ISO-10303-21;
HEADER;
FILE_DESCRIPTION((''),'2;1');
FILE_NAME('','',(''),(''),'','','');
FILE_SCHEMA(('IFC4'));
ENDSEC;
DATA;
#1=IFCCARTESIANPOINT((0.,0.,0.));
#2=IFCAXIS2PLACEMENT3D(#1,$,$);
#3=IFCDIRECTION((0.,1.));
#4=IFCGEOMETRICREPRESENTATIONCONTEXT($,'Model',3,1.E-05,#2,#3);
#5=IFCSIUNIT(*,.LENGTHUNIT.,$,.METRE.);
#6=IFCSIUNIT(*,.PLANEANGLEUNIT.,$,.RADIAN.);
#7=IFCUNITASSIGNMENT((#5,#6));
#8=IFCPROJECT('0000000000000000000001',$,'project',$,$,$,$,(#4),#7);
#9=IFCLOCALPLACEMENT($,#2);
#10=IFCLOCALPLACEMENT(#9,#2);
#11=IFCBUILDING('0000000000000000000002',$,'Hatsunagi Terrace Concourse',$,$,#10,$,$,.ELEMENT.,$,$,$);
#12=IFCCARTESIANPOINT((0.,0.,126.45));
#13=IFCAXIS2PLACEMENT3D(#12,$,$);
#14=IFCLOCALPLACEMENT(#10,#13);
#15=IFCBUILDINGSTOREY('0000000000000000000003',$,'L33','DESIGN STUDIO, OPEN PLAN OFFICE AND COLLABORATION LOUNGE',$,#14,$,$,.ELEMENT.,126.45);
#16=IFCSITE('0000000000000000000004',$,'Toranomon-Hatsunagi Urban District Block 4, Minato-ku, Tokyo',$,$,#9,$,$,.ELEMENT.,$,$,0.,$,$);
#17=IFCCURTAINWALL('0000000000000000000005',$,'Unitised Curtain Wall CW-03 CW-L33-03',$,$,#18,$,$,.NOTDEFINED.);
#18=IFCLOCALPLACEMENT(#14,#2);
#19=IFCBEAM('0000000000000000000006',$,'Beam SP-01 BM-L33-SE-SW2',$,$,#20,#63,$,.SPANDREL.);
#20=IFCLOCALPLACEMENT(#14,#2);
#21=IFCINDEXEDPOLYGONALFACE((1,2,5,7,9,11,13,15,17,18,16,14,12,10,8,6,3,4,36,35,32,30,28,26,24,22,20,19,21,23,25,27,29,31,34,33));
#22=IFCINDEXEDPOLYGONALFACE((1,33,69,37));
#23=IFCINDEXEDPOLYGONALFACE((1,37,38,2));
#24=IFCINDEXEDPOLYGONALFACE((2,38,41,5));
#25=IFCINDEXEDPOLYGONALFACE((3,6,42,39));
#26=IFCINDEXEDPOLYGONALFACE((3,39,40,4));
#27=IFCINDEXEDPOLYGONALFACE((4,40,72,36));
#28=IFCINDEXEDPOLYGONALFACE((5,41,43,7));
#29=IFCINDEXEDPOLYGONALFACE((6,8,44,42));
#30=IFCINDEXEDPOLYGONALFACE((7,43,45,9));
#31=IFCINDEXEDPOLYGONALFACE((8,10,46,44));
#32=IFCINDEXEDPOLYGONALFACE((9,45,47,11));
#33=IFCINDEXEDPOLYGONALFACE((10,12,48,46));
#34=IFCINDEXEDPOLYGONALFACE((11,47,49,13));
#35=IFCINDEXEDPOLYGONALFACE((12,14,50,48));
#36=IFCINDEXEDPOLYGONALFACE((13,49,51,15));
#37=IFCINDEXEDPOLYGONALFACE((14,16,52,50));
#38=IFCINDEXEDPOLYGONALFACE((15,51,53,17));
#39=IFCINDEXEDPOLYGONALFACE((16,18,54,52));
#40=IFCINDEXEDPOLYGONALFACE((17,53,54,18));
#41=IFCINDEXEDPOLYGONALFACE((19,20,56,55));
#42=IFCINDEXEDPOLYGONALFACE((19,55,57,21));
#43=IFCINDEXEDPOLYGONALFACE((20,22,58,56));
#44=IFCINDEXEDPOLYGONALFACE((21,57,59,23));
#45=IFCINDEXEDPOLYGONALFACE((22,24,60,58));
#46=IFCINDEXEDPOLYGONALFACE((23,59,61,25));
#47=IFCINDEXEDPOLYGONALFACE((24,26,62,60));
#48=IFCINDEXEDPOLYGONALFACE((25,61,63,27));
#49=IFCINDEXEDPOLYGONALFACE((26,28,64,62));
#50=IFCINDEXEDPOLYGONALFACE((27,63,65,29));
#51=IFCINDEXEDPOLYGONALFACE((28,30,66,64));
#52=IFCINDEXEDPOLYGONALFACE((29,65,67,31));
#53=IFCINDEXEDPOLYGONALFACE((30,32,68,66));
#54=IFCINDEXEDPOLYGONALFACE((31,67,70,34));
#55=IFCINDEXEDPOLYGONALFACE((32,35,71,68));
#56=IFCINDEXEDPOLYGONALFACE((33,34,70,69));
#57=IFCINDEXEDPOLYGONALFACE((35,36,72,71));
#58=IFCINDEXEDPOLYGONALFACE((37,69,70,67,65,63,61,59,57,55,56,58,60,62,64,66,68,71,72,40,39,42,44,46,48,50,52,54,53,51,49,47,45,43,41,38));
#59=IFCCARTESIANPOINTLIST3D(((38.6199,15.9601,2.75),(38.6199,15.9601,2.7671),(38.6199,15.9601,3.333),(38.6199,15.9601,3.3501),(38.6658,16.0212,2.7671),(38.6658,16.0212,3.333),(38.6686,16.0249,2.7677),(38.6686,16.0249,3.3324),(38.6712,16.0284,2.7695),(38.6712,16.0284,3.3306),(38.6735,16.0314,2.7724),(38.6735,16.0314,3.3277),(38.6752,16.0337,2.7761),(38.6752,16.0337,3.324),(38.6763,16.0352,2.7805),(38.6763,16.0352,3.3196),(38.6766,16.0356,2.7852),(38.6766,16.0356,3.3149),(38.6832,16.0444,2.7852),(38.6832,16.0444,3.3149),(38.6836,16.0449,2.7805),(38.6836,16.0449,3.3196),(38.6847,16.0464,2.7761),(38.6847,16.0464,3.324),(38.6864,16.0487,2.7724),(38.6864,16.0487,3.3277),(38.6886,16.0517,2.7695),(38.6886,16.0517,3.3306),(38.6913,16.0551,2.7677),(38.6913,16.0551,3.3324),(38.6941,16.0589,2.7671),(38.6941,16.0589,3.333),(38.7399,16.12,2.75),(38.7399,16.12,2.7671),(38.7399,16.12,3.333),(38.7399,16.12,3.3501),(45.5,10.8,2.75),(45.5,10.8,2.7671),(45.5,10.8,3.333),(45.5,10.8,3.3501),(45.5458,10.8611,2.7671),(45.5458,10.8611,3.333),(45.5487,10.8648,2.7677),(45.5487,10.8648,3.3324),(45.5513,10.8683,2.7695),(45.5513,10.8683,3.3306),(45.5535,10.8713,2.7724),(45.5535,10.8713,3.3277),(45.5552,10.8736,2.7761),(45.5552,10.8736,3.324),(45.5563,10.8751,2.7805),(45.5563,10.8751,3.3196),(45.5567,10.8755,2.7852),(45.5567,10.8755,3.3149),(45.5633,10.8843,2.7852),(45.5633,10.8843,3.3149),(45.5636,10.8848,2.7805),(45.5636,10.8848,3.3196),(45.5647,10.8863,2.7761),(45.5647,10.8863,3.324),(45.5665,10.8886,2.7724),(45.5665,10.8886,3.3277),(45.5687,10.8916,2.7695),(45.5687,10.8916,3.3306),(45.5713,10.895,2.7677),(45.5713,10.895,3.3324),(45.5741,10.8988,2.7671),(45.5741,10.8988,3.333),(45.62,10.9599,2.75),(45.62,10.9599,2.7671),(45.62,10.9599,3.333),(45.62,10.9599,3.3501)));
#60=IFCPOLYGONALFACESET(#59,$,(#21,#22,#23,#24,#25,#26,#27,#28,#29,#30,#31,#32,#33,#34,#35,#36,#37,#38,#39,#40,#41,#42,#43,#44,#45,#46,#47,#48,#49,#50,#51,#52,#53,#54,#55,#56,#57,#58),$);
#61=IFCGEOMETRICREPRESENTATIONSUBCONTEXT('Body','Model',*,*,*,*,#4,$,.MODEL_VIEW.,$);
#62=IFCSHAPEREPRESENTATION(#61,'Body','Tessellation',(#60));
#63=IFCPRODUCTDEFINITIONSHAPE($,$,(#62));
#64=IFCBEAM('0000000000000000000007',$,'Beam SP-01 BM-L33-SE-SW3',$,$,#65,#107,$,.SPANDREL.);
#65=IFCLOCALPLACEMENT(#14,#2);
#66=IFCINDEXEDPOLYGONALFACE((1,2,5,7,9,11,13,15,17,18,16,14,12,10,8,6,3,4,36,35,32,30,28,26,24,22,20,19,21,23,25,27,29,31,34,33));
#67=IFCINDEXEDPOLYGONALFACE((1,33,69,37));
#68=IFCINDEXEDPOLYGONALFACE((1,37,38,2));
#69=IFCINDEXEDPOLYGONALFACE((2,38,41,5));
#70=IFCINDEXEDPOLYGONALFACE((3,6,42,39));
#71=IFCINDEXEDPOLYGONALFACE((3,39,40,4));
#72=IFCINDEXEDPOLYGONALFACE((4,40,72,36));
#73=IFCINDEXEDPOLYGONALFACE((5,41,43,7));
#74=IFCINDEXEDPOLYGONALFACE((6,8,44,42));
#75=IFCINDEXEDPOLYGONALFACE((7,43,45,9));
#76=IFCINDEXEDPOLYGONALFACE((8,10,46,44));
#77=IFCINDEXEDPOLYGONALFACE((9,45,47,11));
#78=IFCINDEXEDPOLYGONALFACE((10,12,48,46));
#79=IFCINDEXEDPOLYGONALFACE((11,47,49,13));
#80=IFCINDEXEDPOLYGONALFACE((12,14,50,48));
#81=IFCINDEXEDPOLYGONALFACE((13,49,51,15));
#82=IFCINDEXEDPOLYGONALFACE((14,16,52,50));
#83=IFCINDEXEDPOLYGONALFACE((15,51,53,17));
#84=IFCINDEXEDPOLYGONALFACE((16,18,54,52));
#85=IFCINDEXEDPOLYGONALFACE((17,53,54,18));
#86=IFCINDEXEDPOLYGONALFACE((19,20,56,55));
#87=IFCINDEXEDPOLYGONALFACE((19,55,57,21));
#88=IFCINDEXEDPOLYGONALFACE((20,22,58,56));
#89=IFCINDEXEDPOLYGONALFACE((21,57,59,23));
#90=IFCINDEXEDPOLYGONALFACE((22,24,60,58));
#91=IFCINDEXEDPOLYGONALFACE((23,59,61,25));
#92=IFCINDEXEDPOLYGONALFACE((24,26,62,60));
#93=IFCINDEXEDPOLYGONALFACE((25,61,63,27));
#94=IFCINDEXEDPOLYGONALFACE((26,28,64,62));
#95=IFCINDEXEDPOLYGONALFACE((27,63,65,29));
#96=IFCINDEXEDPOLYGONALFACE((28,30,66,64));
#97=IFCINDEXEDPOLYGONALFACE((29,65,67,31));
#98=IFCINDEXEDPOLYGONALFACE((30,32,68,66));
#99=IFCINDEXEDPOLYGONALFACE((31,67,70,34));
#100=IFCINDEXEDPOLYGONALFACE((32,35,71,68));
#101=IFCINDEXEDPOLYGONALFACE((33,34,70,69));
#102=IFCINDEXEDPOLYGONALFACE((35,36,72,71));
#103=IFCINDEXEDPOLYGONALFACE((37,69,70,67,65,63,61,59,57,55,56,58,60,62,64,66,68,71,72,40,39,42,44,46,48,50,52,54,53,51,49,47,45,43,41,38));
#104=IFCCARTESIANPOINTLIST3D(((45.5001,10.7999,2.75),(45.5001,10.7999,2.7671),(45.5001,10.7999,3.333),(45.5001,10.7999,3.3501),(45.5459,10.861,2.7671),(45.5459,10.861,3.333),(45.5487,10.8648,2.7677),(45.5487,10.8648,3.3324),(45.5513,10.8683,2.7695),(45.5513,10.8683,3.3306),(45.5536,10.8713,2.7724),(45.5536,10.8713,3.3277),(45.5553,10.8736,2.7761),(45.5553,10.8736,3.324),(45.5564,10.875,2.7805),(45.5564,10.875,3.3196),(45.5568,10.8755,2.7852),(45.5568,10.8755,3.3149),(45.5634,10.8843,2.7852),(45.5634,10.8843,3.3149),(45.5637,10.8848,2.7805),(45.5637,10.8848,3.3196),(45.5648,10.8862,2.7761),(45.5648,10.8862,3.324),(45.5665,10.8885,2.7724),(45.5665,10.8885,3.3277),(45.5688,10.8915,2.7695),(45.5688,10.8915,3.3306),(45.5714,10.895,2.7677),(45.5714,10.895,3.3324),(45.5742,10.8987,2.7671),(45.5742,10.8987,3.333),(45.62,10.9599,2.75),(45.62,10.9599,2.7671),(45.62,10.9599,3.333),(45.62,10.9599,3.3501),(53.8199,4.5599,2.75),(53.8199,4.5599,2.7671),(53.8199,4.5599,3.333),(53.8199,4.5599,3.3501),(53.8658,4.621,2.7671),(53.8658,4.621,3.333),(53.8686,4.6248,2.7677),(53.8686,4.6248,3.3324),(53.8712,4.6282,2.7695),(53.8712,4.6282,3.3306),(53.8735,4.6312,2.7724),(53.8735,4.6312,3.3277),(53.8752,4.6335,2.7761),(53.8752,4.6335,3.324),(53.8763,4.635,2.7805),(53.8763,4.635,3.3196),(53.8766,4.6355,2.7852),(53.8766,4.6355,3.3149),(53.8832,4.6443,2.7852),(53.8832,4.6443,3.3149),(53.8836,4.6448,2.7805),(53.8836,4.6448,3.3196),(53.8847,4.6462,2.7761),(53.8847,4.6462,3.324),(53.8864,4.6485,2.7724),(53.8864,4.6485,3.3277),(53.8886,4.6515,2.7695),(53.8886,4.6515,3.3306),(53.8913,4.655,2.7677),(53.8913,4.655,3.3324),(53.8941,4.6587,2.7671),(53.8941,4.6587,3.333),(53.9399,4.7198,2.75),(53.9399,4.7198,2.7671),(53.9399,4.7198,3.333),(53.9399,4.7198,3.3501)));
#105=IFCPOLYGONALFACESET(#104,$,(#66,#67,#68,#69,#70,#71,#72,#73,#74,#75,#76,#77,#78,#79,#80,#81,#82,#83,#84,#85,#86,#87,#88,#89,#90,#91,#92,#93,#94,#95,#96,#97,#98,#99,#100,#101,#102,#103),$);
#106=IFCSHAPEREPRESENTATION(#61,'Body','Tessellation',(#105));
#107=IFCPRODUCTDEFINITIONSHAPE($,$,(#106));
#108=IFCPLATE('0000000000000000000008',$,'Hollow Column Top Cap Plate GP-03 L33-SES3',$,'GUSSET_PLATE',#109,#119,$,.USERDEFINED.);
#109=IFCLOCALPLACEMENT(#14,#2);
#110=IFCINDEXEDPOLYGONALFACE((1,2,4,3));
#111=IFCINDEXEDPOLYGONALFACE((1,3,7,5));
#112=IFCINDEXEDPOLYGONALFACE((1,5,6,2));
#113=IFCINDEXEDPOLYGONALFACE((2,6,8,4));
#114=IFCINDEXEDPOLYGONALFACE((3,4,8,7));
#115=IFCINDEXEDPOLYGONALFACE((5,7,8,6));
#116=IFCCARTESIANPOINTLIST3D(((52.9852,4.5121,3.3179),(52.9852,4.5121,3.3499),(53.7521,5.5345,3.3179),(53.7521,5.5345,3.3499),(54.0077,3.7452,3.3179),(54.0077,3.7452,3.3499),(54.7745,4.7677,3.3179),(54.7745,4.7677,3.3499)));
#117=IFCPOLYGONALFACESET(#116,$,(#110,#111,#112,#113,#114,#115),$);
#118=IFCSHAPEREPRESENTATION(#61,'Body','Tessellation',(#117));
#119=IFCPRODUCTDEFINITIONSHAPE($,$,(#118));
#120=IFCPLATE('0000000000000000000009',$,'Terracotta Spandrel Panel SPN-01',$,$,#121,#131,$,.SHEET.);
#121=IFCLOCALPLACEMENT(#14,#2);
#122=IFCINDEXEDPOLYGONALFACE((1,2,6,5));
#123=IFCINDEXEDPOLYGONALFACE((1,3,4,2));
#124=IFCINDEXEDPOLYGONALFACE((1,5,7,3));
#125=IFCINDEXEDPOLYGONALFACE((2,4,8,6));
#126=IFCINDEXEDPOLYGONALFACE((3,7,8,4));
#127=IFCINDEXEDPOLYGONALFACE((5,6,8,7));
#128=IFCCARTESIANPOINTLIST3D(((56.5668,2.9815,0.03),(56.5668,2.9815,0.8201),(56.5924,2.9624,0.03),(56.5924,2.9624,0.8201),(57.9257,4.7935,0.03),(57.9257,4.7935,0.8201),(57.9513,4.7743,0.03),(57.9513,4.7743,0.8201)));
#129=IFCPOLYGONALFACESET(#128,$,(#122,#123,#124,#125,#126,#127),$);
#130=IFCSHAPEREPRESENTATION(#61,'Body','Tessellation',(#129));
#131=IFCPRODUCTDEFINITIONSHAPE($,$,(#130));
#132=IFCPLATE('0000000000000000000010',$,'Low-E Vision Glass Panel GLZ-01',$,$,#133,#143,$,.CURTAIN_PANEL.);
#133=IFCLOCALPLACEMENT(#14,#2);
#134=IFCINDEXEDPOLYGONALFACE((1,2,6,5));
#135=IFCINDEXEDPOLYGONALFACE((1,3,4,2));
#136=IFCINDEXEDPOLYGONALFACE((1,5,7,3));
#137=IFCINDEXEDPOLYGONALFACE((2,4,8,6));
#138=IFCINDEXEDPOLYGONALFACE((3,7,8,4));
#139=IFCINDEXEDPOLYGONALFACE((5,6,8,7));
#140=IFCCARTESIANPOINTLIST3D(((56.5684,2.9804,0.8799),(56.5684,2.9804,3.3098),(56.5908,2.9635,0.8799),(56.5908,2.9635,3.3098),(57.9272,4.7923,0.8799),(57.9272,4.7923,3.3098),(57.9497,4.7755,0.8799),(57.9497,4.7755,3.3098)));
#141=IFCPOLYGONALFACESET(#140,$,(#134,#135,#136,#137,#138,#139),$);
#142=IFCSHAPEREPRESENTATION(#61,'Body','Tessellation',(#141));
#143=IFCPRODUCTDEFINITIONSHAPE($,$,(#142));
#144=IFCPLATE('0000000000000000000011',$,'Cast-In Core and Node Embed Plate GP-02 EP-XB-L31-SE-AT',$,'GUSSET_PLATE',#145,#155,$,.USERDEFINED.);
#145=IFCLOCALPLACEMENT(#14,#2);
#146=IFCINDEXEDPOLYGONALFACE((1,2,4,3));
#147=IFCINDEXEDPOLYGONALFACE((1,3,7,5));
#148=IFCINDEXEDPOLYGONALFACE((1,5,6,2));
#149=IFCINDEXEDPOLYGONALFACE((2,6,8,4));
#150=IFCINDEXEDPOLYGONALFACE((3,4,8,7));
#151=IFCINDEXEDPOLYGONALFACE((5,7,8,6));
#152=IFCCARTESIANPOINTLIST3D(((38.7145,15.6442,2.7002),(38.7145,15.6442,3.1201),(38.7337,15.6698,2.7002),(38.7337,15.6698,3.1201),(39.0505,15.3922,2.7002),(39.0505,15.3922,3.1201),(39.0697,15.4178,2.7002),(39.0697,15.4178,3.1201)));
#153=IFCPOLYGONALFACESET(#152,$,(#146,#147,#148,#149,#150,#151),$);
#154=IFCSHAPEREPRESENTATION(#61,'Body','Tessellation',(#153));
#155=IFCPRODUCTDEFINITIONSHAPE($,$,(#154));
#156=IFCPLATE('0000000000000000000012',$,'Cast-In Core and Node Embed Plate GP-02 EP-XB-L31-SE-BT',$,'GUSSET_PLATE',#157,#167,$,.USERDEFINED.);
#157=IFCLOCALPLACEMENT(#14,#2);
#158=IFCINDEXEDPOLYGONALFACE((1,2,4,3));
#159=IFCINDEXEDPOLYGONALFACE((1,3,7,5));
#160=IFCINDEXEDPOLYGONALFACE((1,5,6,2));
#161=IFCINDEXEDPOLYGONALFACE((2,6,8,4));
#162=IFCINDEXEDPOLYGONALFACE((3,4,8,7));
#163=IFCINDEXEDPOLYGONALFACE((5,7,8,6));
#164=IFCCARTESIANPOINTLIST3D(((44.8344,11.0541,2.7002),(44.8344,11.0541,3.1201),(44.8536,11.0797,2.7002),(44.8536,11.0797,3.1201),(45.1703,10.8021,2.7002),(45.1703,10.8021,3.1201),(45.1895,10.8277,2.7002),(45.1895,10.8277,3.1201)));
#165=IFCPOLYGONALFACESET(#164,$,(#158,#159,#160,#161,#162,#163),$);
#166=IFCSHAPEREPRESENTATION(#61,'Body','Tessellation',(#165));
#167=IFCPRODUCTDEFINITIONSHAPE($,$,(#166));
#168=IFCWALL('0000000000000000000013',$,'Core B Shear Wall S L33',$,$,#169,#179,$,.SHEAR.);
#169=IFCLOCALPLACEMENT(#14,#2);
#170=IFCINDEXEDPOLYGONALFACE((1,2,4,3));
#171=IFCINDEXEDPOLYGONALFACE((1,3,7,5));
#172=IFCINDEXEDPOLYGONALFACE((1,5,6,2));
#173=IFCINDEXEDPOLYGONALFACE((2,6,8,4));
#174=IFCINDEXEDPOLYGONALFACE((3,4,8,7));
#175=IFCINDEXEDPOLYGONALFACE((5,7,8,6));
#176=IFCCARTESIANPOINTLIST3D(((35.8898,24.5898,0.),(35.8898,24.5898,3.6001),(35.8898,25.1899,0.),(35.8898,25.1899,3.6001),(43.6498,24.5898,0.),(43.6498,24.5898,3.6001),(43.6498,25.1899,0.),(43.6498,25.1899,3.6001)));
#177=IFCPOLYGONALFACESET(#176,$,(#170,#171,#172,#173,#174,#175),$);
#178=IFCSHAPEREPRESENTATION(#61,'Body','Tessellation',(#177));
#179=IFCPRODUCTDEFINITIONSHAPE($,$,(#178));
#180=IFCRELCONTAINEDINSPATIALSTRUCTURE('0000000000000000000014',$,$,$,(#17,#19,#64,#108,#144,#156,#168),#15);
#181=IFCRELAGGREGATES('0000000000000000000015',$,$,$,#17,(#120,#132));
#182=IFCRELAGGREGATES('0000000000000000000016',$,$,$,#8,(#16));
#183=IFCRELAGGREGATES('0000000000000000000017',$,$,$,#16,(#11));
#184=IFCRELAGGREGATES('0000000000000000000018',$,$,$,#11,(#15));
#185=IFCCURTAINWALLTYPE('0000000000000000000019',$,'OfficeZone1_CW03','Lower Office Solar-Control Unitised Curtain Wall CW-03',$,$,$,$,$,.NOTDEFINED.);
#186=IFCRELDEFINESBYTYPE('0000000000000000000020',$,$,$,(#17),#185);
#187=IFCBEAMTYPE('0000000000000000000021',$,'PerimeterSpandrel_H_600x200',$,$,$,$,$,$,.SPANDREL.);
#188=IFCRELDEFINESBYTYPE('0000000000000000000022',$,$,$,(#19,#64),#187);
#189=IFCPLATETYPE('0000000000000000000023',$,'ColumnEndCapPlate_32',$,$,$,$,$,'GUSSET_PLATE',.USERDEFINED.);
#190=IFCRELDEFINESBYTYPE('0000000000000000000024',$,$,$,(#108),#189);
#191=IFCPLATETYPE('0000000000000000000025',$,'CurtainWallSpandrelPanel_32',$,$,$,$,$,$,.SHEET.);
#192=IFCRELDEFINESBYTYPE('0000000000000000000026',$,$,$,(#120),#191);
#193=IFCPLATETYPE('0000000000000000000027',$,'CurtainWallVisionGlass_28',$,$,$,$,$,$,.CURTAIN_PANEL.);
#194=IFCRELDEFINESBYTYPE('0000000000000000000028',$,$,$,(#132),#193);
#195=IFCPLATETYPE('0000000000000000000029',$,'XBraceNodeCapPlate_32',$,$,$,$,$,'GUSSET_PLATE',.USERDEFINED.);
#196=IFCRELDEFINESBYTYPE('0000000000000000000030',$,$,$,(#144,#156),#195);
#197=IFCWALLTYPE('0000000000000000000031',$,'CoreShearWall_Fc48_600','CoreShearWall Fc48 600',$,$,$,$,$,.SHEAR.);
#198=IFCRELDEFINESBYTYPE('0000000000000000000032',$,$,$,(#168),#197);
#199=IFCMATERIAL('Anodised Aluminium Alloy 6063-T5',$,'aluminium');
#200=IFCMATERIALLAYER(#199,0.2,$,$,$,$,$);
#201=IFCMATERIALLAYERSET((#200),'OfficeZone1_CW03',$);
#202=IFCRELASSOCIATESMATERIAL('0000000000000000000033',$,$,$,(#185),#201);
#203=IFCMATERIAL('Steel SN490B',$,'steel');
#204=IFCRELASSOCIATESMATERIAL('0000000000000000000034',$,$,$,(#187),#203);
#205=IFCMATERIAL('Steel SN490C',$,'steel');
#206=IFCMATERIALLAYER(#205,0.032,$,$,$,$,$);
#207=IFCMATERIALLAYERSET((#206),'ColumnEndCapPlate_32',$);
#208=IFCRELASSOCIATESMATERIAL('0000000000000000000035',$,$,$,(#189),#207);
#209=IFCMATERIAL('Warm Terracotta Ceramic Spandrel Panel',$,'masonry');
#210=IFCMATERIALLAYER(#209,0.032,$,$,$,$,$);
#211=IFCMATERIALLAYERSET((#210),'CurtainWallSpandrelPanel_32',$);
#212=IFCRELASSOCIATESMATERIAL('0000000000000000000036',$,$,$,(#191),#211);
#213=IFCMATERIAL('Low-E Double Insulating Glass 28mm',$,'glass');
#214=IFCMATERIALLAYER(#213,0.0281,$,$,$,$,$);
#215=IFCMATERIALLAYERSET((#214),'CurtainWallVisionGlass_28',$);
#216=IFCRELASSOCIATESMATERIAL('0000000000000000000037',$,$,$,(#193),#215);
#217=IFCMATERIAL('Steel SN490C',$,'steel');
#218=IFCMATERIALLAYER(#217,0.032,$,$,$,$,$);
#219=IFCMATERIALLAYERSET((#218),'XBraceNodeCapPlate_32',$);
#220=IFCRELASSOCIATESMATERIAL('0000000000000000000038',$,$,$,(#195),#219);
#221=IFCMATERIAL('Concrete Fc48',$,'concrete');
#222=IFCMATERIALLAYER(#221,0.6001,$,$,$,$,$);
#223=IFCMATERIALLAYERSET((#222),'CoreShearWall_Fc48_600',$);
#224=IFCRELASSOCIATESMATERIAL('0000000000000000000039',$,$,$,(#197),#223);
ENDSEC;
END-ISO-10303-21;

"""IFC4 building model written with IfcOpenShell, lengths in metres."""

from ifc_helpers import new_model, si_unit, direction, frame, frame_2d, origin, origin_2d, place, context, subcontext, project, spatial, rectangle, i_section, extrude, material, layer, layer_set, material_profile, profile_set, type_object, element, aggregate, save


model = new_model("IFC4")

# Units and contexts
model_context = context("Model", 3, precision=1e-05, world=origin(), true_north=direction((0.0, 1.0)))
body_context = subcontext(model_context, "Body", "Model", "MODEL_VIEW")
ifc_project = project(units=[si_unit("LENGTHUNIT", "METRE"), si_unit("PLANEANGLEUNIT", "RADIAN")], contexts=[model_context])

# Site, building, storey
site_placement = place(None, origin())
site = spatial("IfcSite", under=ifc_project, at=site_placement, Name="Toranomon-Hatsunagi Urban District Block 4, Minato-ku, Tokyo", CompositionType="ELEMENT", RefElevation=0.0)
building_placement = place(site_placement, origin())
building = spatial("IfcBuilding", under=site, at=building_placement, Name="Hatsunagi Terrace Concourse", CompositionType="ELEMENT")
storey_placement = place(building_placement, frame((0.0, 0.0, 126.45)))
storey = spatial("IfcBuildingStorey", under=building, at=storey_placement, Name="L33", Description="DESIGN STUDIO, OPEN PLAN OFFICE AND COLLABORATION LOUNGE", CompositionType="ELEMENT", Elevation=126.45)

# Curtain wall
ifc_material_1 = material(Name="Anodised Aluminium Alloy 6063-T5", Category="aluminium")
ifc_layer_1 = layer(ifc_material_1, 0.2)
ifc_layer_set_1 = layer_set([ifc_layer_1], Name="OfficeZone1_CW03")
curtain_wall_type = type_object("IfcCurtainWallType", Name="OfficeZone1_CW03", Description="Lower Office Solar-Control Unitised Curtain Wall CW-03", PredefinedType="NOTDEFINED", material=ifc_layer_set_1)
curtain_wall_placement = place(storey_placement, origin())
curtain_wall = element("IfcCurtainWall", 1, at=curtain_wall_placement, inside=storey, type_object=curtain_wall_type, Name="Unitised Curtain Wall CW-03 CW-L33-03", PredefinedType="NOTDEFINED")

# Beams
ifc_material_2 = material(Name="Steel SN490B", Category="steel")
ifc_material_profile_1 = material_profile(ifc_material_2, i_section(OverallWidth=0.2, OverallDepth=0.6001, WebThickness=0.011, FlangeThickness=0.0171, FilletRadius=0.0181, at=origin_2d()), Name="H-600x200x11x17")
ifc_profile_set_1 = profile_set([ifc_material_profile_1], Name="Steel SN490B")
beam_type_1 = type_object("IfcBeamType", Name="PerimeterSpandrel_H_600x200", PredefinedType="SPANDREL", material=ifc_profile_set_1)
beam_1_placement = place(storey_placement, frame((38.6799, 16.04, 3.05), z_axis=(0.799997, -0.600005, 0.0), x_axis=(0.600005, 0.799997, 0.0)))
element("IfcBeam", 2, at=beam_1_placement, inside=storey, type_object=beam_type_1, Name="Beam SP-01 BM-L33-SE-SW2", PredefinedType="SPANDREL", context=body_context, shape_type="SweptSolid", body=[
    extrude(i_section(OverallWidth=0.2, OverallDepth=0.6001, WebThickness=0.011, FlangeThickness=0.0171, FilletRadius=0.0181, at=origin_2d()), origin(), (0.0, 0.0, 1.0), 8.6001),
])
beam_2_placement = place(storey_placement, frame((45.5601, 10.8799, 3.05), z_axis=(0.799994, -0.600008, 0.0), x_axis=(0.600008, 0.799994, 0.0)))
element("IfcBeam", 3, at=beam_2_placement, inside=storey, type_object=beam_type_1, Name="Beam SP-01 BM-L33-SE-SW3", PredefinedType="SPANDREL", context=body_context, shape_type="SweptSolid", body=[
    extrude(i_section(OverallWidth=0.2, OverallDepth=0.6001, WebThickness=0.011, FlangeThickness=0.0171, FilletRadius=0.0181, at=origin_2d()), origin(), (0.0, 0.0, 1.0), 10.3999),
])

# Plates
ifc_material_3 = material(Name="Steel SN490C", Category="steel")
ifc_layer_2 = layer(ifc_material_3, 0.032)
ifc_layer_set_2 = layer_set([ifc_layer_2], Name="ColumnEndCapPlate_32")
plate_type_1 = type_object("IfcPlateType", Name="ColumnEndCapPlate_32", ElementType="GUSSET_PLATE", PredefinedType="USERDEFINED", material=ifc_layer_set_2)
plate_1_placement = place(storey_placement, frame((53.8799, 4.6399, 3.3179), z_axis=(0.0, 0.0, 1.0), x_axis=(0.8, -0.6, 0.0)))
element("IfcPlate", 4, at=plate_1_placement, inside=storey, type_object=plate_type_1, Name="Hollow Column Top Cap Plate GP-03 L33-SES3", ObjectType="GUSSET_PLATE", PredefinedType="USERDEFINED", context=body_context, shape_type="SweptSolid", body=[
    extrude(rectangle(XDim=1.2781, YDim=1.2781, at=origin_2d()), origin(), (0.0, 0.0, 1.0), 0.032),
])
ifc_material_4 = material(Name="Warm Terracotta Ceramic Spandrel Panel", Category="masonry")
ifc_layer_3 = layer(ifc_material_4, 0.032)
ifc_layer_set_3 = layer_set([ifc_layer_3], Name="CurtainWallSpandrelPanel_32")
plate_type_2 = type_object("IfcPlateType", Name="CurtainWallSpandrelPanel_32", PredefinedType="SHEET", material=ifc_layer_set_3)
plate_2_placement = place(storey_placement, frame((57.259, 3.8779, 0.03), z_axis=(0.0, 0.0, 1.0), x_axis=(-0.599969, -0.800023, 0.0)))
plate_2 = element("IfcPlate", 5, at=plate_2_placement, type_object=plate_type_2, Name="Terracotta Spandrel Panel SPN-01", PredefinedType="SHEET", context=body_context, shape_type="SweptSolid", body=[
    extrude(rectangle(XDim=2.2649, YDim=0.032, at=origin_2d()), origin(), (0.0, 0.0, 1.0), 0.79),
])
ifc_material_5 = material(Name="Low-E Double Insulating Glass 28mm", Category="glass")
ifc_layer_4 = layer(ifc_material_5, 0.0281)
ifc_layer_set_4 = layer_set([ifc_layer_4], Name="CurtainWallVisionGlass_28")
plate_type_3 = type_object("IfcPlateType", Name="CurtainWallVisionGlass_28", PredefinedType="CURTAIN_PANEL", material=ifc_layer_set_4)
plate_3_placement = place(storey_placement, frame((57.259, 3.8779, 0.8799), z_axis=(0.0, 0.0, 1.0), x_axis=(-0.599969, -0.800023, 0.0)))
plate_3 = element("IfcPlate", 6, at=plate_3_placement, type_object=plate_type_3, Name="Low-E Vision Glass Panel GLZ-01", PredefinedType="CURTAIN_PANEL", context=body_context, shape_type="SweptSolid", body=[
    extrude(rectangle(XDim=2.2649, YDim=0.0281, at=origin_2d()), origin(), (0.0, 0.0, 1.0), 2.4299),
])
aggregate(curtain_wall, [plate_2, plate_3])

# Plates
ifc_material_6 = material(Name="Steel SN490C", Category="steel")
ifc_layer_5 = layer(ifc_material_6, 0.032)
ifc_layer_set_5 = layer_set([ifc_layer_5], Name="XBraceNodeCapPlate_32")
plate_type_4 = type_object("IfcPlateType", Name="XBraceNodeCapPlate_32", ElementType="GUSSET_PLATE", PredefinedType="USERDEFINED", material=ifc_layer_set_5)
for number, where, z_axis, x_axis, name in (
    (7, (38.8921, 15.531, 2.7002), (0.0, 0.0, 1.0), (0.8, -0.6, 0.0), "Cast-In Core and Node Embed Plate GP-02 EP-XB-L31-SE-AT"),
    (8, (45.012, 10.9409, 2.7002), (0.0, 0.0, 1.0), (0.8, -0.6, 0.0), "Cast-In Core and Node Embed Plate GP-02 EP-XB-L31-SE-BT"),
):
    element("IfcPlate", number, at=place(storey_placement, frame(where, z_axis=z_axis, x_axis=x_axis)), inside=storey, type_object=plate_type_4, Name=name, ObjectType="GUSSET_PLATE", PredefinedType="USERDEFINED", context=body_context, shape_type="SweptSolid", body=[
        extrude(rectangle(XDim=0.4199, YDim=0.032, at=origin_2d()), origin(), (0.0, 0.0, 1.0), 0.4199),
    ])

# Wall
ifc_material_7 = material(Name="Concrete Fc48", Category="concrete")
ifc_layer_6 = layer(ifc_material_7, 0.6001)
ifc_layer_set_6 = layer_set([ifc_layer_6], Name="CoreShearWall_Fc48_600")
wall_type_1 = type_object("IfcWallType", Name="CoreShearWall_Fc48_600", Description="CoreShearWall Fc48 600", PredefinedType="SHEAR", material=ifc_layer_set_6)
wall_1_placement = place(storey_placement, frame((35.8899, 24.8899, 0.0), z_axis=(0.0, 0.0, 1.0), x_axis=(1.0, 0.0, 0.0)))
element("IfcWall", 9, at=wall_1_placement, inside=storey, type_object=wall_type_1, Name="Core B Shear Wall S L33", PredefinedType="SHEAR", context=body_context, shape_type="SweptSolid", body=[
    extrude(rectangle(XDim=7.76, YDim=0.6001, at=frame_2d((3.8799, 0.0))), origin(), (0.0, 0.0, 1.0), 3.6001),
])

save(model, "model.ifc")
